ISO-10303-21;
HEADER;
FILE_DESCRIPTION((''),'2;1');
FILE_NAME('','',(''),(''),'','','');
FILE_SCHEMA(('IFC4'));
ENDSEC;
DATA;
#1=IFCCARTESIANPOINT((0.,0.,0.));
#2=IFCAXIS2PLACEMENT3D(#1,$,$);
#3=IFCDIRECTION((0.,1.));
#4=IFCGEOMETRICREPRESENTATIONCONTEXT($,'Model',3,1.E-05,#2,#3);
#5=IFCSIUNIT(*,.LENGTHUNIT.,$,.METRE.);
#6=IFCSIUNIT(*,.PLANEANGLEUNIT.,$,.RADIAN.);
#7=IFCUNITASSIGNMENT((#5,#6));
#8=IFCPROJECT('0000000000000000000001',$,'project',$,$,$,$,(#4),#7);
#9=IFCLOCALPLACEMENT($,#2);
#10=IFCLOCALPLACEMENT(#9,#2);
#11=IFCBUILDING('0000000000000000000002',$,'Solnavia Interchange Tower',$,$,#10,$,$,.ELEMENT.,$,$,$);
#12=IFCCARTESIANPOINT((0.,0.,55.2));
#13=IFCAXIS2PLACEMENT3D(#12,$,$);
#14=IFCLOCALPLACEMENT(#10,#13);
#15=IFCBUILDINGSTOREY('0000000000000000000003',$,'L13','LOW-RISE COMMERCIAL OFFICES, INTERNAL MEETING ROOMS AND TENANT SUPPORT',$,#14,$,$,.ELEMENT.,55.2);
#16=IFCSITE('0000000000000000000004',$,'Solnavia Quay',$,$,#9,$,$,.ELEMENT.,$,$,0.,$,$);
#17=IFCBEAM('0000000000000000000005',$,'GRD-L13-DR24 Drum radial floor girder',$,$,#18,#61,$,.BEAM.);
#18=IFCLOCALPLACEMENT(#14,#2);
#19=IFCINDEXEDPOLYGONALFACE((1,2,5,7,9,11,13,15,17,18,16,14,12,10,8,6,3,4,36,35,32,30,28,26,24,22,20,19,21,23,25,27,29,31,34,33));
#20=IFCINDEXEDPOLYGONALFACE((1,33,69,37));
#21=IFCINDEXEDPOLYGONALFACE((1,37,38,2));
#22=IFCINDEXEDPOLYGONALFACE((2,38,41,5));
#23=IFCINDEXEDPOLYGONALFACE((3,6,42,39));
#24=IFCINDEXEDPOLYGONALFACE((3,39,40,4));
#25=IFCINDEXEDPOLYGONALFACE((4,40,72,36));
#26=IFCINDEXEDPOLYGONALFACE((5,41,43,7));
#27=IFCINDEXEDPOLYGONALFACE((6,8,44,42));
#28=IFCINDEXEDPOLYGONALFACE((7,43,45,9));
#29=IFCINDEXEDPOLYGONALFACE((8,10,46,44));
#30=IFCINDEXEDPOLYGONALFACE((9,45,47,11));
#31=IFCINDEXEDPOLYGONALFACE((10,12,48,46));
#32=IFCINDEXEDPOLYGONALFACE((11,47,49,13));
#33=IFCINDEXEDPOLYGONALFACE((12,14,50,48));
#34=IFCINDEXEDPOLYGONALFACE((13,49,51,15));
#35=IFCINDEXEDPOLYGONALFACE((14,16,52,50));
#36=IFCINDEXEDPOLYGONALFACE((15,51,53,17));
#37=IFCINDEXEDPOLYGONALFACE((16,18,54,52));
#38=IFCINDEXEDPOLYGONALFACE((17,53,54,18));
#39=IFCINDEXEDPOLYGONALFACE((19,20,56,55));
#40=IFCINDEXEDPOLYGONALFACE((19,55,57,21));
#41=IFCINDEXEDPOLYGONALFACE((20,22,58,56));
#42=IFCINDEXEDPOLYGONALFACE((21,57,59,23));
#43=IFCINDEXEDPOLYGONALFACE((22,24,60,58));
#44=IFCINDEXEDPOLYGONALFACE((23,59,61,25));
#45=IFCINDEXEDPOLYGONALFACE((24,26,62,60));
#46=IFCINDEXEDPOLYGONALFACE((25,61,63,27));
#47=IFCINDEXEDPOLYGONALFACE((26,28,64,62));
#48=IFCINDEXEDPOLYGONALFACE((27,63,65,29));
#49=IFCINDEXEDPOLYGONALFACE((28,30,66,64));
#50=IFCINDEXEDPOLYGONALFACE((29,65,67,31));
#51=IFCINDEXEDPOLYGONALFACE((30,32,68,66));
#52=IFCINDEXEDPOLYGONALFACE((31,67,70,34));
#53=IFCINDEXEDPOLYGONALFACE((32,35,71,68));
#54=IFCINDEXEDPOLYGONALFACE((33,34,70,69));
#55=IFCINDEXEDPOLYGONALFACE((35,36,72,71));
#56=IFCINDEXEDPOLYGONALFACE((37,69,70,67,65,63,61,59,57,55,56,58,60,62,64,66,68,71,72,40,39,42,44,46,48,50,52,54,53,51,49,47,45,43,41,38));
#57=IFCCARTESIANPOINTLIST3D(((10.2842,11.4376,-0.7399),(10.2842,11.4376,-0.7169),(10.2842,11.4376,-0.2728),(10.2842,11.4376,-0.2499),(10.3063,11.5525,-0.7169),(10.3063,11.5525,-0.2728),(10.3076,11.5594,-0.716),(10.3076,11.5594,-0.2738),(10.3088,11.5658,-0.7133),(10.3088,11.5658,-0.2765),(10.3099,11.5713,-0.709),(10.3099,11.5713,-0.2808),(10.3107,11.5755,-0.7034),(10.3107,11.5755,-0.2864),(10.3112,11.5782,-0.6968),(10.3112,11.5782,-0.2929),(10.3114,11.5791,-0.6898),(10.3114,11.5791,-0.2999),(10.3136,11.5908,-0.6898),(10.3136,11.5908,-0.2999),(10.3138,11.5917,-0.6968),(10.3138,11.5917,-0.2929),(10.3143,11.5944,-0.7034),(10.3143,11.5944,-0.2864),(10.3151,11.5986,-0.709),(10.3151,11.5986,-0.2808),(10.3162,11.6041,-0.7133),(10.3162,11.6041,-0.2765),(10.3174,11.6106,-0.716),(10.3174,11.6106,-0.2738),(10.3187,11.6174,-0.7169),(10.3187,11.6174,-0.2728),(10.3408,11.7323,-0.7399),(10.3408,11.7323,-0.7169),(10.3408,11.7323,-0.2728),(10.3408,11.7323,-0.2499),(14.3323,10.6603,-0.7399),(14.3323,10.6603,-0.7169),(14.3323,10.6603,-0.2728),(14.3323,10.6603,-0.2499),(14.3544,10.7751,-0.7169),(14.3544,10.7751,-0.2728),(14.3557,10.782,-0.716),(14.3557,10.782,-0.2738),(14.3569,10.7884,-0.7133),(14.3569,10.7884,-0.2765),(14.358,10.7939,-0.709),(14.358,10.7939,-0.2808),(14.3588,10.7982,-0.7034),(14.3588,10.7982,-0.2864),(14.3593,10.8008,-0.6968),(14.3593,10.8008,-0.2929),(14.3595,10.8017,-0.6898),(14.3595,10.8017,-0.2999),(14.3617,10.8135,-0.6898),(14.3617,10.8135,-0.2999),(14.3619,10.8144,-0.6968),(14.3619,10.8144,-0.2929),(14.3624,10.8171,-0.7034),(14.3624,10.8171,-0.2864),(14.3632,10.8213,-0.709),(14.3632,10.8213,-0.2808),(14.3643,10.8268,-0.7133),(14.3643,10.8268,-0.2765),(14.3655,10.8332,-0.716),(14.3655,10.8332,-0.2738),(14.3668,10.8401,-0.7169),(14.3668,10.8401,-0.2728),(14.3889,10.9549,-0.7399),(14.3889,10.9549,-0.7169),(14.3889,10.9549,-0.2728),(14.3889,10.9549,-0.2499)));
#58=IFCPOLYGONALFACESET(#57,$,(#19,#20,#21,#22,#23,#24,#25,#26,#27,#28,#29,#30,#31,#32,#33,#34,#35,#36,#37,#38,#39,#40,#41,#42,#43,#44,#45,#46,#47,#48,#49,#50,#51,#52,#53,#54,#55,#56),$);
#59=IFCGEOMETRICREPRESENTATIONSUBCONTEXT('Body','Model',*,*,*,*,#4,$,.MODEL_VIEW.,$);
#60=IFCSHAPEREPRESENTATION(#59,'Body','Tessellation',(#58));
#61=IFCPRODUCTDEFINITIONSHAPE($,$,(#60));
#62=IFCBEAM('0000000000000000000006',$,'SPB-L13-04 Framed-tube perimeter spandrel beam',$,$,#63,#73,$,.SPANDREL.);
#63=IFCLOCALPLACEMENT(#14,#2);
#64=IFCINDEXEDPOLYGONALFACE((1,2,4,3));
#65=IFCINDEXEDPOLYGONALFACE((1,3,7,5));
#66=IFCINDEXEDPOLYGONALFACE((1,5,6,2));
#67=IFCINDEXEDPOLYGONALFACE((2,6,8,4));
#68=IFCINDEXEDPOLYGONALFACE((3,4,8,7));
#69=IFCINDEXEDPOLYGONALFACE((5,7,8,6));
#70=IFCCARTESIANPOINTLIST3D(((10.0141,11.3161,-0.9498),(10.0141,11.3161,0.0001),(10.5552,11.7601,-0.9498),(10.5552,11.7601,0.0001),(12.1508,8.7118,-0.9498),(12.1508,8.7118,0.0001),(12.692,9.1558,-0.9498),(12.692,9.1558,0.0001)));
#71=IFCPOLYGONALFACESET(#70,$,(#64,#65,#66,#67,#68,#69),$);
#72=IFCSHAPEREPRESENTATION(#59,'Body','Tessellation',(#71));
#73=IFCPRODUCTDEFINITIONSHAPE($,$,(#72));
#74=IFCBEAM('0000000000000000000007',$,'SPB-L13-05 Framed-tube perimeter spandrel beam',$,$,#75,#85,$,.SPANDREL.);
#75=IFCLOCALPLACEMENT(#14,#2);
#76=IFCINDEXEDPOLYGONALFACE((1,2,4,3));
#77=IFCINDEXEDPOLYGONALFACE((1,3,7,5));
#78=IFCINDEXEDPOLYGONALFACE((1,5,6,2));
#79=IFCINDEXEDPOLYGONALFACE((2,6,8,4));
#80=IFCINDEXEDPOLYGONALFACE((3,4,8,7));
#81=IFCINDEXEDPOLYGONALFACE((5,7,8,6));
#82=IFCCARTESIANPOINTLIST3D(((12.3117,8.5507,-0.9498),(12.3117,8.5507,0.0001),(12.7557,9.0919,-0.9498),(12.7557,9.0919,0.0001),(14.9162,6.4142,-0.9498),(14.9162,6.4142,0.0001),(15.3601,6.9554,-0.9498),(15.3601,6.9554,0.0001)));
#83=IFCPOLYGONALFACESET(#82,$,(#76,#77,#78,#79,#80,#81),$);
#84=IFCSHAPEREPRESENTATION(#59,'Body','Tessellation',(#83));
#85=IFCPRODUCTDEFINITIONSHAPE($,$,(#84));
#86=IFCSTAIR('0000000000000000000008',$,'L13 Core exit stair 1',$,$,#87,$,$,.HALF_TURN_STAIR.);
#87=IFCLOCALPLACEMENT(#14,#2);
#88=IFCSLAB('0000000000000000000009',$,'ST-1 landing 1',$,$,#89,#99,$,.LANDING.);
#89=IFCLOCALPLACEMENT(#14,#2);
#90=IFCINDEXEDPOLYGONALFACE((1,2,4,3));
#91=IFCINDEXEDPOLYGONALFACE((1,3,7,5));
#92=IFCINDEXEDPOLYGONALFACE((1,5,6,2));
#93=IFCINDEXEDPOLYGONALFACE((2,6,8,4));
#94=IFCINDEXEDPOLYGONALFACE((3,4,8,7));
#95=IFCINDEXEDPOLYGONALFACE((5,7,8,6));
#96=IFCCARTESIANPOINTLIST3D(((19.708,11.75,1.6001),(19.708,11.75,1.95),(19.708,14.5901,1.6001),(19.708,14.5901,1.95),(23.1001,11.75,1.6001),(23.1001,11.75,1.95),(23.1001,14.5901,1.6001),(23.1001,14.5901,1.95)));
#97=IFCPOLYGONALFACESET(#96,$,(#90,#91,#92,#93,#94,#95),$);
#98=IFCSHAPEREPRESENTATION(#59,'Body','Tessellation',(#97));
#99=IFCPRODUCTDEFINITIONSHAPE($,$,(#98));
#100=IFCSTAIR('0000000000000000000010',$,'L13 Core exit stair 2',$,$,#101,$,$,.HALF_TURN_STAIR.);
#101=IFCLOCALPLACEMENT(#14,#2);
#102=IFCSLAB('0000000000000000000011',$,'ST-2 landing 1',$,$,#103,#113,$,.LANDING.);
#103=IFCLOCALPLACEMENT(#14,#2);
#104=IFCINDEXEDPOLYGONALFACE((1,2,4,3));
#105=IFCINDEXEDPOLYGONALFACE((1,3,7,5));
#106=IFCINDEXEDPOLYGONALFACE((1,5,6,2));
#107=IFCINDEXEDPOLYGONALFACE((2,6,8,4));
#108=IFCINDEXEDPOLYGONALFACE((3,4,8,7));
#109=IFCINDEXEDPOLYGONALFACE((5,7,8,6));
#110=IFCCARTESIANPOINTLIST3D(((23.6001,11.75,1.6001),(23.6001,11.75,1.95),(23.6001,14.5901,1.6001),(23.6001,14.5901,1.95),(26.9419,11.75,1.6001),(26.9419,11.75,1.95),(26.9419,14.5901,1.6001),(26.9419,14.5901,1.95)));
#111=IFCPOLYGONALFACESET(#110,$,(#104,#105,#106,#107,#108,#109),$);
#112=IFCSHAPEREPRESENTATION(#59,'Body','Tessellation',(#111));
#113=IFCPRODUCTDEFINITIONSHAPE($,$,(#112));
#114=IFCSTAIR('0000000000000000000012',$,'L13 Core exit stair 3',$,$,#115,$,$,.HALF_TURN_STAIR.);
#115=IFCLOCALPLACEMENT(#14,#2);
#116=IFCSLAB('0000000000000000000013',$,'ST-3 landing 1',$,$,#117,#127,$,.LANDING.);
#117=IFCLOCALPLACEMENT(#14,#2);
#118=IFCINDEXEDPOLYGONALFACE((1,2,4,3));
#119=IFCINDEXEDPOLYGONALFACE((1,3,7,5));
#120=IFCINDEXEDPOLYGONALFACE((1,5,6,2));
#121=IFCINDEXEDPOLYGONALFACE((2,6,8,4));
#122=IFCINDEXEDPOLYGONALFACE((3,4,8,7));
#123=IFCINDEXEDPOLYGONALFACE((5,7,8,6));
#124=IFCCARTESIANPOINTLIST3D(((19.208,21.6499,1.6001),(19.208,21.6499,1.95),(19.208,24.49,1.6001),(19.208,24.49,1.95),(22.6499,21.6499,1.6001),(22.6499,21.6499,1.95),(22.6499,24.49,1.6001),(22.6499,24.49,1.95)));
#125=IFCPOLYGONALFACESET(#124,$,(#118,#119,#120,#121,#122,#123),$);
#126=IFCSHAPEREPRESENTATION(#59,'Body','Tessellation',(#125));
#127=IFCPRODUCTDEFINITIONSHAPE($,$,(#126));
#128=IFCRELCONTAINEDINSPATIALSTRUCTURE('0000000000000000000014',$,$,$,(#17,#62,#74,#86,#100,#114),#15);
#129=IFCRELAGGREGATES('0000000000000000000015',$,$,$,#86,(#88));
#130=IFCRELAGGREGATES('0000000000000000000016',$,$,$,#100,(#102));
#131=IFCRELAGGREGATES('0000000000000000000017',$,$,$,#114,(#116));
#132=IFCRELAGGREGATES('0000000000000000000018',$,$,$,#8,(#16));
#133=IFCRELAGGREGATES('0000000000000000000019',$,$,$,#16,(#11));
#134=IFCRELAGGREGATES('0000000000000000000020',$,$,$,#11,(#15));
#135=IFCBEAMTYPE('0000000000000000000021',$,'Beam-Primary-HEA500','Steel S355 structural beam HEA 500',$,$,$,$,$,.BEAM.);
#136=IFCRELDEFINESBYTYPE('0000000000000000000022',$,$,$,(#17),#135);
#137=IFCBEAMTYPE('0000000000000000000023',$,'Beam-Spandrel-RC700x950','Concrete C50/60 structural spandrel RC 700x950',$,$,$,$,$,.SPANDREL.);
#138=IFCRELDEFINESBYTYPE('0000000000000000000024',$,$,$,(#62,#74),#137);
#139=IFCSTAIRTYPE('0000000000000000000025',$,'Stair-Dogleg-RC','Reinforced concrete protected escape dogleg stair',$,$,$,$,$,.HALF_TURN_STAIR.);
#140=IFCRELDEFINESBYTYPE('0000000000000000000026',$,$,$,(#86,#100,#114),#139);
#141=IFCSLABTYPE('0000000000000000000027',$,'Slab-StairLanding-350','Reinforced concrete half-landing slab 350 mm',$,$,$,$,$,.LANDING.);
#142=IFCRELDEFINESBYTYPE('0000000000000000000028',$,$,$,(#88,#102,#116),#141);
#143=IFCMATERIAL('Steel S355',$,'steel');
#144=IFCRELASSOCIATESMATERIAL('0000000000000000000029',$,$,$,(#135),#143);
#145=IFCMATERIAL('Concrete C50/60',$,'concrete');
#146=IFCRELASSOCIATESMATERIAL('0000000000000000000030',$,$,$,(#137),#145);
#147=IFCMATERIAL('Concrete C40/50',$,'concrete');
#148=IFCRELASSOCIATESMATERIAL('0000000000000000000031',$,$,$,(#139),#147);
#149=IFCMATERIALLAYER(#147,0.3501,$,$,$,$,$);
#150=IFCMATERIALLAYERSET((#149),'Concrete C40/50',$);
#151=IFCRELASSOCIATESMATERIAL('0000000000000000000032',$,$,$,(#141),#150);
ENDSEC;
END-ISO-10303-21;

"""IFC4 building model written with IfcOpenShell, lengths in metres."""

from ifc_helpers import new_model, si_unit, direction, frame, origin, origin_2d, place, context, subcontext, project, spatial, polyline, rectangle, i_section, outline, extrude, material, layer, layer_set, material_profile, profile_set, type_object, element, aggregate, save


model = new_model("IFC4")

# Units and contexts
model_context = context("Model", 3, precision=1e-05, world=origin(), true_north=direction((0.0, 1.0)))
body_context = subcontext(model_context, "Body", "Model", "MODEL_VIEW")
ifc_project = project(units=[si_unit("LENGTHUNIT", "METRE"), si_unit("PLANEANGLEUNIT", "RADIAN")], contexts=[model_context])

# Site, building, storey
site_placement = place(None, origin())
site = spatial("IfcSite", under=ifc_project, at=site_placement, Name="Solnavia Quay", CompositionType="ELEMENT", RefElevation=0.0)
building_placement = place(site_placement, origin())
building = spatial("IfcBuilding", under=site, at=building_placement, Name="Solnavia Interchange Tower", CompositionType="ELEMENT")
storey_placement = place(building_placement, frame((0.0, 0.0, 55.2)))
storey = spatial("IfcBuildingStorey", under=building, at=storey_placement, Name="L13", Description="LOW-RISE COMMERCIAL OFFICES, INTERNAL MEETING ROOMS AND TENANT SUPPORT", CompositionType="ELEMENT", Elevation=55.2)

# Shared definitions
ifc_material_1 = material(Name="Steel S355", Category="steel")

# Beams
ifc_material_profile_1 = material_profile(ifc_material_1, i_section(OverallWidth=0.3, OverallDepth=0.49, WebThickness=0.012, FlangeThickness=0.0229, FilletRadius=0.0271, at=origin_2d()), Name="HEA 500")
ifc_profile_set_1 = profile_set([ifc_material_profile_1], Name="Steel S355")
beam_type_1 = type_object("IfcBeamType", Name="Beam-Primary-HEA500", Description="Steel S355 structural beam HEA 500", PredefinedType="BEAM", material=ifc_profile_set_1)
beam_1_placement = place(storey_placement, frame((10.3125, 11.585, -0.4949), z_axis=(0.982058, -0.188582, 0.0), x_axis=(0.188582, 0.982058, 0.0)))
element("IfcBeam", 1, at=beam_1_placement, inside=storey, type_object=beam_type_1, Name="GRD-L13-DR24 Drum radial floor girder", PredefinedType="BEAM", context=body_context, shape_type="SweptSolid", body=[
    extrude(i_section(OverallWidth=0.3, OverallDepth=0.49, WebThickness=0.012, FlangeThickness=0.0229, FilletRadius=0.0271, at=origin_2d()), origin(), (0.0, 0.0, 1.0), 4.1221),
])
ifc_material_2 = material(Name="Concrete C50/60", Category="concrete")
ifc_material_profile_2 = material_profile(ifc_material_2, rectangle(XDim=0.7, YDim=0.95, at=origin_2d()), Name="RC 700x950")
ifc_profile_set_2 = profile_set([ifc_material_profile_2], Name="Concrete C50/60")
beam_type_2 = type_object("IfcBeamType", Name="Beam-Spandrel-RC700x950", Description="Concrete C50/60 structural spandrel RC 700x950", PredefinedType="SPANDREL", material=ifc_profile_set_2)
for number, where, z_axis, x_axis, name in (
    (2, (10.2847, 11.5381, -0.4749), (0.634299, -0.773088, 0.0), (0.773088, 0.634299, 0.0), "SPB-L13-04 Framed-tube perimeter spandrel beam"),
    (3, (12.5337, 8.8213, -0.4749), (0.773153, -0.63422, 0.0), (0.63422, 0.773153, 0.0), "SPB-L13-05 Framed-tube perimeter spandrel beam"),
):
    element("IfcBeam", number, at=place(storey_placement, frame(where, z_axis=z_axis, x_axis=x_axis)), inside=storey, type_object=beam_type_2, Name=name, PredefinedType="SPANDREL", context=body_context, shape_type="SweptSolid", body=[
        extrude(rectangle(XDim=0.7, YDim=0.95, at=origin_2d()), origin(), (0.0, 0.0, 1.0), 3.3687),
    ])

# Stairs, slabs
ifc_material_3 = material(Name="Concrete C40/50", Category="concrete")
stair_type = type_object("IfcStairType", Name="Stair-Dogleg-RC", Description="Reinforced concrete protected escape dogleg stair", PredefinedType="HALF_TURN_STAIR", material=ifc_material_3)
stair_1_placement = place(storey_placement, origin())
stair_1 = element("IfcStair", 4, at=stair_1_placement, inside=storey, type_object=stair_type, Name="L13 Core exit stair 1", PredefinedType="HALF_TURN_STAIR")
ifc_layer_1 = layer(ifc_material_3, 0.3501)
ifc_layer_set_1 = layer_set([ifc_layer_1], Name="Concrete C40/50")
slab_type_1 = type_object("IfcSlabType", Name="Slab-StairLanding-350", Description="Reinforced concrete half-landing slab 350 mm", PredefinedType="LANDING", material=ifc_layer_set_1)
slab_1_placement = place(storey_placement, frame((0.0, 0.0, 1.6001)))
slab_1 = element("IfcSlab", 5, at=slab_1_placement, type_object=slab_type_1, Name="ST-1 landing 1", PredefinedType="LANDING", context=body_context, shape_type="SweptSolid", body=[
    extrude(outline(polyline([(19.708, 11.75), (23.1001, 11.75), (23.1001, 14.5901), (19.708, 14.5901), (19.708, 11.75)])), origin(), (0.0, 0.0, 1.0), 0.3499),
])
aggregate(stair_1, [slab_1])
stair_2_placement = place(storey_placement, origin())
stair_2 = element("IfcStair", 6, at=stair_2_placement, inside=storey, type_object=stair_type, Name="L13 Core exit stair 2", PredefinedType="HALF_TURN_STAIR")
slab_2_placement = place(storey_placement, frame((0.0, 0.0, 1.6001)))
slab_2 = element("IfcSlab", 7, at=slab_2_placement, type_object=slab_type_1, Name="ST-2 landing 1", PredefinedType="LANDING", context=body_context, shape_type="SweptSolid", body=[
    extrude(outline(polyline([(23.6001, 11.75), (26.9419, 11.75), (26.9419, 14.5901), (23.6001, 14.5901), (23.6001, 11.75)])), origin(), (0.0, 0.0, 1.0), 0.3499),
])
aggregate(stair_2, [slab_2])
stair_3_placement = place(storey_placement, origin())
stair_3 = element("IfcStair", 8, at=stair_3_placement, inside=storey, type_object=stair_type, Name="L13 Core exit stair 3", PredefinedType="HALF_TURN_STAIR")
slab_3_placement = place(storey_placement, frame((0.0, 0.0, 1.6001)))
slab_3 = element("IfcSlab", 9, at=slab_3_placement, type_object=slab_type_1, Name="ST-3 landing 1", PredefinedType="LANDING", context=body_context, shape_type="SweptSolid", body=[
    extrude(outline(polyline([(19.208, 21.6499), (22.6499, 21.6499), (22.6499, 24.49), (19.208, 24.49), (19.208, 21.6499)])), origin(), (0.0, 0.0, 1.0), 0.3499),
])
aggregate(stair_3, [slab_3])

save(model, "model.ifc")
